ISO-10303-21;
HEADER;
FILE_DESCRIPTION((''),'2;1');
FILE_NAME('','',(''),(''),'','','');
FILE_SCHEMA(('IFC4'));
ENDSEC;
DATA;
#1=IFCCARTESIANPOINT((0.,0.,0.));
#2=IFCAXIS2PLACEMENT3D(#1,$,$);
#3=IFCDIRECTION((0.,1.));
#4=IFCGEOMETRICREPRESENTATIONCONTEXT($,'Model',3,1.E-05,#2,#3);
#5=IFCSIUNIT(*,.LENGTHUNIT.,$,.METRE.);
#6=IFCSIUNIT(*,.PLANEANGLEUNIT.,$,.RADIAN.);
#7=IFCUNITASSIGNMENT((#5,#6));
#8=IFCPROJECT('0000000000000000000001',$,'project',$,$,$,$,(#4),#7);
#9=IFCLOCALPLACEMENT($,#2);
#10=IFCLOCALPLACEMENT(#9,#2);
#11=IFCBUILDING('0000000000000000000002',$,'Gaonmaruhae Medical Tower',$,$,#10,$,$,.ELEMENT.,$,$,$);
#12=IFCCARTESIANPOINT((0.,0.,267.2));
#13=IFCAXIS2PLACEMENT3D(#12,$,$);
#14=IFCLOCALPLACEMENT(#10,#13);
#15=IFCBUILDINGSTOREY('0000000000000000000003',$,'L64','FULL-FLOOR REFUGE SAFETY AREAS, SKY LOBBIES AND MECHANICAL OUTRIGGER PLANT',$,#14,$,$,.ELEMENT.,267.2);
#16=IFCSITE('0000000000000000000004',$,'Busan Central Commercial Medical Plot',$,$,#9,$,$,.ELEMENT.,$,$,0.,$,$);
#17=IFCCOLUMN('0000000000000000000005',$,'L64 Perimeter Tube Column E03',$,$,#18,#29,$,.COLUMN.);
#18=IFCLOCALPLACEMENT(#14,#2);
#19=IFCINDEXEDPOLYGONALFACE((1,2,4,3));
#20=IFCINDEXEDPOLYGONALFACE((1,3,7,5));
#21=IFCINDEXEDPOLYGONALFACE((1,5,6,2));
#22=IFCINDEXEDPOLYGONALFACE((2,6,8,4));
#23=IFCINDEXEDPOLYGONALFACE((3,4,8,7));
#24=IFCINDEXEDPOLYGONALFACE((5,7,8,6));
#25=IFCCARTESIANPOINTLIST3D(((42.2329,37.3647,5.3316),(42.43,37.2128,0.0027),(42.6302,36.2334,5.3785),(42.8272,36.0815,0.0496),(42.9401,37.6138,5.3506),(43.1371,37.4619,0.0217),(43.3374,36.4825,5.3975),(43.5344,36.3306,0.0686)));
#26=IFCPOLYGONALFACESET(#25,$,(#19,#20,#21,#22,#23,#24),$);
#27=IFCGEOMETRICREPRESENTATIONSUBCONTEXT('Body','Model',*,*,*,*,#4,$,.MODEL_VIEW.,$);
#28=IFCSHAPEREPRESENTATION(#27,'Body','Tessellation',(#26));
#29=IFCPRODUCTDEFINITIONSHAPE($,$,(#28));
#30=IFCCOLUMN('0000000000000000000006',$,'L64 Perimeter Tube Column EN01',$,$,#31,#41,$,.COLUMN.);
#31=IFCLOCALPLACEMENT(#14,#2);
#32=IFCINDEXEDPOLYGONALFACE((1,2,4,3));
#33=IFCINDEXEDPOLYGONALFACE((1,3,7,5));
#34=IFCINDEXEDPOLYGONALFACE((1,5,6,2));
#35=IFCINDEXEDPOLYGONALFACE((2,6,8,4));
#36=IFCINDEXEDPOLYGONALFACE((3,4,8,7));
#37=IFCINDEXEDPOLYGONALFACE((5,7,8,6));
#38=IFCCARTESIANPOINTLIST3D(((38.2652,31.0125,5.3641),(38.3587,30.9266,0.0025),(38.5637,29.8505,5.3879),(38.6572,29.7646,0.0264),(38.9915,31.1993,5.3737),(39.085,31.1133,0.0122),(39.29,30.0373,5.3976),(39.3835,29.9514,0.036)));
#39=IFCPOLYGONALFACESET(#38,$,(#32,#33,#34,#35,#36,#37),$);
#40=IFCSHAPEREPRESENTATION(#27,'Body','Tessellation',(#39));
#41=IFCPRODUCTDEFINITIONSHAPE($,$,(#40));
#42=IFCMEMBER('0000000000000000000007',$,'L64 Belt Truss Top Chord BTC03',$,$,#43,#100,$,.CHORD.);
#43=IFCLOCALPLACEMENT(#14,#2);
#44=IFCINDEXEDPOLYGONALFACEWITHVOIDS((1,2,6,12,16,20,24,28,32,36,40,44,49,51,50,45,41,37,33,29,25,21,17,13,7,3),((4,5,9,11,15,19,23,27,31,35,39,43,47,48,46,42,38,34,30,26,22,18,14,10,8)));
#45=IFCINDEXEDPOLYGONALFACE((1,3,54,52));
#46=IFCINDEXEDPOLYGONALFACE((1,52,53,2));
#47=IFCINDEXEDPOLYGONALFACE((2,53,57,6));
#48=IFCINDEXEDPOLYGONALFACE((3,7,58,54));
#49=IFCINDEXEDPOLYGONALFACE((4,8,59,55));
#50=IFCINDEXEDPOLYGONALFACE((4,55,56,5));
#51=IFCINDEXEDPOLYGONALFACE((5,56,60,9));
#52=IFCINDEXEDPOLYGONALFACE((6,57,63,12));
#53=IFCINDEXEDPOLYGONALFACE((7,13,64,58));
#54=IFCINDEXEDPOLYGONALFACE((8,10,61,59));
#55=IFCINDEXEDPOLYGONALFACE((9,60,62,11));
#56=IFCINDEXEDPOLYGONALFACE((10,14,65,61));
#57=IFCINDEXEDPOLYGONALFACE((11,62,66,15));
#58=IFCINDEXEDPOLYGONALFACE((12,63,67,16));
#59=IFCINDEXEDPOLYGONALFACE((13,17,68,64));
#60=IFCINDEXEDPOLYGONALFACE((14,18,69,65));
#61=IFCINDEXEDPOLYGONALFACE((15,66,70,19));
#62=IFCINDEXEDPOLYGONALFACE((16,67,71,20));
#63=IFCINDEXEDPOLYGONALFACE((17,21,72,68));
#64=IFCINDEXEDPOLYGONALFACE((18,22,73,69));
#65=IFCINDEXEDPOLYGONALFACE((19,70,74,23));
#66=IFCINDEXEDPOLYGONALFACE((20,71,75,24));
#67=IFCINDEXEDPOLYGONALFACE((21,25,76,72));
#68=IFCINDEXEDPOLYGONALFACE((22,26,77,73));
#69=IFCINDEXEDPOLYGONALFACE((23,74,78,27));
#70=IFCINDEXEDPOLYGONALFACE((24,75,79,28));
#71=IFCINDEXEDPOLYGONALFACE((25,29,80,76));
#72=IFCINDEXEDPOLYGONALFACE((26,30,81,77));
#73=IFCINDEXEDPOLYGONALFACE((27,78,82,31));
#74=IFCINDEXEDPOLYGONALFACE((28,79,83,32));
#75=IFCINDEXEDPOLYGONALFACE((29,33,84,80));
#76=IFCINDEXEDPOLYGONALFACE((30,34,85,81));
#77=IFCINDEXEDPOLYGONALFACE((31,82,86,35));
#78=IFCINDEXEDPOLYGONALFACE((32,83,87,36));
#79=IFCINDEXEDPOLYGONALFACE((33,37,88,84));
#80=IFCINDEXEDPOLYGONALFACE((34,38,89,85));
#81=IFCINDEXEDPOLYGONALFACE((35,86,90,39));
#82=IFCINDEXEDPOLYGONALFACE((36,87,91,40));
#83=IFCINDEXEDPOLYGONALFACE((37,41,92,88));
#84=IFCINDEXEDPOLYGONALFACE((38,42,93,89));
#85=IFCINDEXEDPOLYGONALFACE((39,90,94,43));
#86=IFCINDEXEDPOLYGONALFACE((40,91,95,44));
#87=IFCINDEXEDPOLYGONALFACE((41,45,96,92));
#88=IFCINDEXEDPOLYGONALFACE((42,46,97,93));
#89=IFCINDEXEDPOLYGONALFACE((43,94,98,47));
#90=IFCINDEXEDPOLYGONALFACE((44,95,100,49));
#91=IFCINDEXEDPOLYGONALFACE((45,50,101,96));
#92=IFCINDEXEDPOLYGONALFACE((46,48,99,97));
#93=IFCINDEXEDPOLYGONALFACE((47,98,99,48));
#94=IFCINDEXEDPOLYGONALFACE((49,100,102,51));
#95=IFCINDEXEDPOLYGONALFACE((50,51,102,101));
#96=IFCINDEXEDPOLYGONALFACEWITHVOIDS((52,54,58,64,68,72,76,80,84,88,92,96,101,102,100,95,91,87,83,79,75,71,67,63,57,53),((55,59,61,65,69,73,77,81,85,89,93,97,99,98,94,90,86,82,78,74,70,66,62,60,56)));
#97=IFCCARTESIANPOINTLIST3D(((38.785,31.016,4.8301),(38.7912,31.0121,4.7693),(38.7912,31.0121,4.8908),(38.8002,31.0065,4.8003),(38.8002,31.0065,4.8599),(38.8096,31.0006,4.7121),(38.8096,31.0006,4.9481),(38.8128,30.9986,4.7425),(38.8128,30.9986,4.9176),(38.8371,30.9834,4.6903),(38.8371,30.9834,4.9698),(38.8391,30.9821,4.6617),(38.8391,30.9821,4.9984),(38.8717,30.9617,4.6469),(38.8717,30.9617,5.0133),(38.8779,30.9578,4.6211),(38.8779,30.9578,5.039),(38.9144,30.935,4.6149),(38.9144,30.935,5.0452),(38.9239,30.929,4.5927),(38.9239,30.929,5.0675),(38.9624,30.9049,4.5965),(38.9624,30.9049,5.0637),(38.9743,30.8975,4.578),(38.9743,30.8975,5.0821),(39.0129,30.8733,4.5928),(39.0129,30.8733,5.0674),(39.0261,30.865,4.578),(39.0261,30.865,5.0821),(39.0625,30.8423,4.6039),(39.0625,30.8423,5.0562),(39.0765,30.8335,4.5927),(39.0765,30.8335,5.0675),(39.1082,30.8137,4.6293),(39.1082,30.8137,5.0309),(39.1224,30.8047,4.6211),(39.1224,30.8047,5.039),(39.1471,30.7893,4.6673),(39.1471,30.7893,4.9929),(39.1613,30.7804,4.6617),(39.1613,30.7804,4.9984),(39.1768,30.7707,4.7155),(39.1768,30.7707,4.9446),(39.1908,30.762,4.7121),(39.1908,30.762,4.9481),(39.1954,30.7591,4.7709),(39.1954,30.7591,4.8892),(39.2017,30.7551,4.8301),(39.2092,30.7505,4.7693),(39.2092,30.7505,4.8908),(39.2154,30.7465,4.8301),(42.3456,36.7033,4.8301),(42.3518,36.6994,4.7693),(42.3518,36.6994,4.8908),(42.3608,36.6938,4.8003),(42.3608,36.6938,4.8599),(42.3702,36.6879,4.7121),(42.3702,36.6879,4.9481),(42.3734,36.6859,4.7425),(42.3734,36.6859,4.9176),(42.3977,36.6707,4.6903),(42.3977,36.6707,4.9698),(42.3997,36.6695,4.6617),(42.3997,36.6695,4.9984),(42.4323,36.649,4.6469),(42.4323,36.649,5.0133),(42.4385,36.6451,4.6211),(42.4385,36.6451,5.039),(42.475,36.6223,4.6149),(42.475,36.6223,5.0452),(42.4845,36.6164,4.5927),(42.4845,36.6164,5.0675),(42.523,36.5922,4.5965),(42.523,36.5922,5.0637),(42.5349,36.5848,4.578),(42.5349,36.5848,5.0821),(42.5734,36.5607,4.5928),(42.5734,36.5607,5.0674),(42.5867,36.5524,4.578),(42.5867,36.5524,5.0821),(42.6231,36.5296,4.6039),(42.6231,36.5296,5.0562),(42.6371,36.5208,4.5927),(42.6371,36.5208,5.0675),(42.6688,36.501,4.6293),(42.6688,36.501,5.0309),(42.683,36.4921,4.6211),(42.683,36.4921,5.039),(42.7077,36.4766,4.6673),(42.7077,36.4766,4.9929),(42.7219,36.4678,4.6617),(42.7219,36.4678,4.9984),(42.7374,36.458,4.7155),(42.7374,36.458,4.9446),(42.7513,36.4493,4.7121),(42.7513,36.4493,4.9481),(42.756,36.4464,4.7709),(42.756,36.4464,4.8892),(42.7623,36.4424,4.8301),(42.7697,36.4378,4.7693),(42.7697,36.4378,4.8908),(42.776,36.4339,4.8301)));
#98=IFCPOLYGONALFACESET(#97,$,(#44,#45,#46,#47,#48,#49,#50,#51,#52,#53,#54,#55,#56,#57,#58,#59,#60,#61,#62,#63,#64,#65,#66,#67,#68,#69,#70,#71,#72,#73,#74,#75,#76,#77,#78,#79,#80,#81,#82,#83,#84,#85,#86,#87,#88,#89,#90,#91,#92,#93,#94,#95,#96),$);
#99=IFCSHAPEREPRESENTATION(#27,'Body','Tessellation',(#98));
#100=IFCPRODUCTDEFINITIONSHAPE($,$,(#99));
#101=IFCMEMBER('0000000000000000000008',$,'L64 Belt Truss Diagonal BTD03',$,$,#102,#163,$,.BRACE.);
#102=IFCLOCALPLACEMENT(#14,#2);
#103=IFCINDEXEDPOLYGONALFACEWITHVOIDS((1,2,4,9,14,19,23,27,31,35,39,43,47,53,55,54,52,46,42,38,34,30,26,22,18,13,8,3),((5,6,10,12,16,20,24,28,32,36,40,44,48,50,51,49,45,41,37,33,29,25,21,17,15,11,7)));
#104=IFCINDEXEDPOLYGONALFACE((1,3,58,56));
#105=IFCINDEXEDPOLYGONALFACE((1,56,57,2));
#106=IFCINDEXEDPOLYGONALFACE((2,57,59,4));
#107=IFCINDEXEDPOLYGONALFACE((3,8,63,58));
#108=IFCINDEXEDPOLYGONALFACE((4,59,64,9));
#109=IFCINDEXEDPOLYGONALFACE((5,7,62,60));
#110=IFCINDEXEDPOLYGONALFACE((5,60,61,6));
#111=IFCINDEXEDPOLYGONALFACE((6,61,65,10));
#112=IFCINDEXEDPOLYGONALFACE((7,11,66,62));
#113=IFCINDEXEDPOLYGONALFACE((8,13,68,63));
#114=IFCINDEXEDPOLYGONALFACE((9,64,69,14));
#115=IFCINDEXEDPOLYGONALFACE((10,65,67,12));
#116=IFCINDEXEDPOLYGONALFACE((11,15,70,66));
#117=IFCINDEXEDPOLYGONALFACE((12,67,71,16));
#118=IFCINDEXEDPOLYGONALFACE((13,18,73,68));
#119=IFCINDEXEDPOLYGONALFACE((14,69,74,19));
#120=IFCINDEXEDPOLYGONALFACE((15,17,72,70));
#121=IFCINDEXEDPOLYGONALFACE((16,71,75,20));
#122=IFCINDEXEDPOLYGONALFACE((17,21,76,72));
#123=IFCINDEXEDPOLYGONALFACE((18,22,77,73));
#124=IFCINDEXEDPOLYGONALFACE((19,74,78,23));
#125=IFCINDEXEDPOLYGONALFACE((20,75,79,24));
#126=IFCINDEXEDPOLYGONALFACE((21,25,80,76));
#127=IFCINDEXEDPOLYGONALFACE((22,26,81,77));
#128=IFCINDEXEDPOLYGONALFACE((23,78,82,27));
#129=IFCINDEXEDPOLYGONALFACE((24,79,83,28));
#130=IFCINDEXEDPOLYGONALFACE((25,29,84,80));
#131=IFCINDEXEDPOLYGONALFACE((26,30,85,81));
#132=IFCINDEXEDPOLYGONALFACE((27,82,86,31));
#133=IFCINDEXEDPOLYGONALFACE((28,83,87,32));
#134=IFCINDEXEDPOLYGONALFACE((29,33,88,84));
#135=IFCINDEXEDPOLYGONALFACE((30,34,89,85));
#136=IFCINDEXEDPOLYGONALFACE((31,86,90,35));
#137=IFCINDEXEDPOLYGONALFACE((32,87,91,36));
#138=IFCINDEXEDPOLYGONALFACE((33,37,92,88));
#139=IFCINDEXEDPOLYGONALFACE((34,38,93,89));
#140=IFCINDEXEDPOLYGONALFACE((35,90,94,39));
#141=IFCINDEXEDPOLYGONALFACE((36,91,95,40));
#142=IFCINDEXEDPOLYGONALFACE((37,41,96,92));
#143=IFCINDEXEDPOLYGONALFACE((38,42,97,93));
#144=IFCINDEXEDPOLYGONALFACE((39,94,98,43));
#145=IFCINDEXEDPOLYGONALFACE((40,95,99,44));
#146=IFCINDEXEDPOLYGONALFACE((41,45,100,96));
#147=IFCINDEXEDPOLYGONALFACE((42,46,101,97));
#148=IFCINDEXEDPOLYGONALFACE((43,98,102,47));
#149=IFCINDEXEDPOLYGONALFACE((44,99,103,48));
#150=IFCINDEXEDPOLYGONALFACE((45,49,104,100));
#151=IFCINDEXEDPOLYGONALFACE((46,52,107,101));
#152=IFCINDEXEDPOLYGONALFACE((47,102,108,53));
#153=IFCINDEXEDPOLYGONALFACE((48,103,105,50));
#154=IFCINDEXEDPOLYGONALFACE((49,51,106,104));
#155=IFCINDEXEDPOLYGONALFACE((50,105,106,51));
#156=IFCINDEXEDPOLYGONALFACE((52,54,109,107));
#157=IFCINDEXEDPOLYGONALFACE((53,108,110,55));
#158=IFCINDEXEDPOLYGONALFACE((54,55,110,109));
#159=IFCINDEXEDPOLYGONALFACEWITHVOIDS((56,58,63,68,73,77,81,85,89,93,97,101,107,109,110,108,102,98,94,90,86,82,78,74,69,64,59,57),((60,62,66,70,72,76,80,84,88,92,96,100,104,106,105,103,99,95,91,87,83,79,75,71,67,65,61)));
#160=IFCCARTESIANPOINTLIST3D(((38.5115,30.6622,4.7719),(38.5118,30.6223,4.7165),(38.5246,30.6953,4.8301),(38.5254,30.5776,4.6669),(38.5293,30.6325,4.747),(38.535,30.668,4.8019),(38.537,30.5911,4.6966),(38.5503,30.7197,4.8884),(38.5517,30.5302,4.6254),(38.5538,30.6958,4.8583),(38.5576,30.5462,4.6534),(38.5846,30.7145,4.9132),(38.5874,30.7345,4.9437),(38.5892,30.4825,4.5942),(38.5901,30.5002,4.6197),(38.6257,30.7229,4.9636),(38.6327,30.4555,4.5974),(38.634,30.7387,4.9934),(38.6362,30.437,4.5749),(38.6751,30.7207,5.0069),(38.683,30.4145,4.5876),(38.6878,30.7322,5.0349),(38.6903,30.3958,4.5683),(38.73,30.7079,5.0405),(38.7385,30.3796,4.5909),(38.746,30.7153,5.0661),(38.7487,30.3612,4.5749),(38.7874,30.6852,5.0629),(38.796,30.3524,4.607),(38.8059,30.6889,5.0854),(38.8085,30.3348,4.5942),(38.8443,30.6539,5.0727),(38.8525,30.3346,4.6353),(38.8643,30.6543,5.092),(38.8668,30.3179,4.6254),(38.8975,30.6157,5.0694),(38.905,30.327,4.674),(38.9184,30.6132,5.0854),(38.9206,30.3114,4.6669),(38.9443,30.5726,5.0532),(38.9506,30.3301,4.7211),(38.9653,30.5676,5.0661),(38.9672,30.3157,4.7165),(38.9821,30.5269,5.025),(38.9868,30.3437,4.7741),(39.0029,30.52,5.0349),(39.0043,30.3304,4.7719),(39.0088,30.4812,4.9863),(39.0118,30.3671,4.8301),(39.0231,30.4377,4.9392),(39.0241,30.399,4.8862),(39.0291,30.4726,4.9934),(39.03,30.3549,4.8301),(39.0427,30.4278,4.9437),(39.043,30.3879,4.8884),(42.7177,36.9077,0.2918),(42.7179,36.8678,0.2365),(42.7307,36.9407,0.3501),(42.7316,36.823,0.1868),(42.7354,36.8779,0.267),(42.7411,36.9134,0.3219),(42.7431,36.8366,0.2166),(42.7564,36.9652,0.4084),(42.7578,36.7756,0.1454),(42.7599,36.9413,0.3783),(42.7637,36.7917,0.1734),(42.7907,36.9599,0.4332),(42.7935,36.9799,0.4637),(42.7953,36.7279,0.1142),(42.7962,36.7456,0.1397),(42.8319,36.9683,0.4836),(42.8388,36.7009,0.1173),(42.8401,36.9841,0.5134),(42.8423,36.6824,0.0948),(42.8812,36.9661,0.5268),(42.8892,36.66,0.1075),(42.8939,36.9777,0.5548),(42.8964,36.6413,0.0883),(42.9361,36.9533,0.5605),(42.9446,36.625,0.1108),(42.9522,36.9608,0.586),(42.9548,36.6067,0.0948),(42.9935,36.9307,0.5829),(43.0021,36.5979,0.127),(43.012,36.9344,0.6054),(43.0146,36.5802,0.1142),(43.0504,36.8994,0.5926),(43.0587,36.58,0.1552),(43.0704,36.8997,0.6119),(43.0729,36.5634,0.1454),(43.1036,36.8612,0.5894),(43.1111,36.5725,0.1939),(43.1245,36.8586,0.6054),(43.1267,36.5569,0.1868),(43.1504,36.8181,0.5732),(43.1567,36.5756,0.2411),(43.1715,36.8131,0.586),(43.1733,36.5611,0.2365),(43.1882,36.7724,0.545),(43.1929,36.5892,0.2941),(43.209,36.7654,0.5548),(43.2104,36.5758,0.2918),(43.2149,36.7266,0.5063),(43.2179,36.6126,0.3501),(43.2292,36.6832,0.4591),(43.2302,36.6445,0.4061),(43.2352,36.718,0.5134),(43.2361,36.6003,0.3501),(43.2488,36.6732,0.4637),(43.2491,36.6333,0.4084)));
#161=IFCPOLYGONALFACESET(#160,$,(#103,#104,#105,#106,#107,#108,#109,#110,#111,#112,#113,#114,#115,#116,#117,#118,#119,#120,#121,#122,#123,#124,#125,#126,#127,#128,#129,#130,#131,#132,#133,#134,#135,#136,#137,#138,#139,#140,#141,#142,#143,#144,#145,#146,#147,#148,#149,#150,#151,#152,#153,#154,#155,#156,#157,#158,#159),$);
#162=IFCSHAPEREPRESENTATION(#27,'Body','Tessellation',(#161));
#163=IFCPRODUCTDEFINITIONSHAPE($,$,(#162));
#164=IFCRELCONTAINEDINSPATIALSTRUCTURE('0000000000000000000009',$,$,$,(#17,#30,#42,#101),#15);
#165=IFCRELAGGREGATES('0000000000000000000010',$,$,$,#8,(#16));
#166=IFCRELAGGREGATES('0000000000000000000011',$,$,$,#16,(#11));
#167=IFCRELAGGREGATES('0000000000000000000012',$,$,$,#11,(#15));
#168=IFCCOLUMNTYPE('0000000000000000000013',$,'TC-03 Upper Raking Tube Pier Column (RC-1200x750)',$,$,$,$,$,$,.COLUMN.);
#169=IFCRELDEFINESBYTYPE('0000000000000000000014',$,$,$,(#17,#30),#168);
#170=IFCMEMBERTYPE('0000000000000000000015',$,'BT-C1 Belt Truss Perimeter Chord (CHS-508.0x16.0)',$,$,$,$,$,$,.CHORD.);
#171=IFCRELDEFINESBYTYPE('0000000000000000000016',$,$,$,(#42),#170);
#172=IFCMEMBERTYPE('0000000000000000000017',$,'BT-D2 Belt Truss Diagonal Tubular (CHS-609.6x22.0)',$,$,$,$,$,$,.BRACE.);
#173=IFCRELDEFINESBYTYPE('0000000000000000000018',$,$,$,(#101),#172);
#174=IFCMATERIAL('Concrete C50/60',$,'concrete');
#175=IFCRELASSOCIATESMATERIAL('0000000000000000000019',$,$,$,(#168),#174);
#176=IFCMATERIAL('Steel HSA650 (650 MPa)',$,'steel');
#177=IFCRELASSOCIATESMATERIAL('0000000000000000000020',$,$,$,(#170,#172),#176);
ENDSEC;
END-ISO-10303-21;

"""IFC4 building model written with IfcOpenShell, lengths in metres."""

from ifc_helpers import new_model, si_unit, direction, frame, origin, origin_2d, place, context, subcontext, project, spatial, rectangle, hollow_circle, extrude, material, material_profile, profile_set, type_object, element, save


model = new_model("IFC4")

# Units and contexts
model_context = context("Model", 3, precision=1e-05, world=origin(), true_north=direction((0.0, 1.0)))
body_context = subcontext(model_context, "Body", "Model", "MODEL_VIEW")
ifc_project = project(units=[si_unit("LENGTHUNIT", "METRE"), si_unit("PLANEANGLEUNIT", "RADIAN")], contexts=[model_context])

# Site, building, storey
site_placement = place(None, origin())
site = spatial("IfcSite", under=ifc_project, at=site_placement, Name="Busan Central Commercial Medical Plot", CompositionType="ELEMENT", RefElevation=0.0)
building_placement = place(site_placement, origin())
building = spatial("IfcBuilding", under=site, at=building_placement, Name="Gaonmaruhae Medical Tower", CompositionType="ELEMENT")
storey_placement = place(building_placement, frame((0.0, 0.0, 267.2)))
storey = spatial("IfcBuildingStorey", under=building, at=storey_placement, Name="L64", Description="FULL-FLOOR REFUGE SAFETY AREAS, SKY LOBBIES AND MECHANICAL OUTRIGGER PLANT", CompositionType="ELEMENT", Elevation=267.2)

# Columns
ifc_material_1 = material(Name="Concrete C50/60", Category="concrete")
ifc_material_profile_1 = material_profile(ifc_material_1, rectangle(XDim=1.2, YDim=0.75, at=origin_2d()), Name="RC-1200x750")
ifc_profile_set_1 = profile_set([ifc_material_profile_1], Name="Concrete C50/60")
column_type = type_object("IfcColumnType", Name="TC-03 Upper Raking Tube Pier Column (RC-1200x750)", PredefinedType="COLUMN", material=ifc_profile_set_1)
column_1_placement = place(storey_placement, frame((42.9822, 36.7717, 0.0356), z_axis=(-0.036932, 0.028466, 0.998912), x_axis=(0.331053, -0.942802, 0.039107)))
element("IfcColumn", 1, at=column_1_placement, inside=storey, type_object=column_type, Name="L64 Perimeter Tube Column E03", PredefinedType="COLUMN", context=body_context, shape_type="SweptSolid", body=[
    extrude(rectangle(XDim=1.2, YDim=0.75, at=origin_2d()), origin(), (0.0, 0.0, 1.0), 5.3347),
])
column_2_placement = place(storey_placement, frame((38.8711, 30.439, 0.0193), z_axis=(-0.017435, 0.016024, 0.99972), x_axis=(0.248772, -0.968358, 0.01986)))
element("IfcColumn", 2, at=column_2_placement, inside=storey, type_object=column_type, Name="L64 Perimeter Tube Column EN01", PredefinedType="COLUMN", context=body_context, shape_type="SweptSolid", body=[
    extrude(rectangle(XDim=1.2, YDim=0.75, at=origin_2d()), origin(), (0.0, 0.0, 1.0), 5.363),
])

# Members
ifc_material_2 = material(Name="Steel HSA650 (650 MPa)", Category="steel")
ifc_material_profile_2 = material_profile(ifc_material_2, hollow_circle(Radius=0.2539, WallThickness=0.0161, at=origin_2d()), Name="CHS-508.0x16.0")
ifc_profile_set_2 = profile_set([ifc_material_profile_2], Name="Steel HSA650 (650 MPa)")
member_type_1 = type_object("IfcMemberType", Name="BT-C1 Belt Truss Perimeter Chord (CHS-508.0x16.0)", PredefinedType="CHORD", material=ifc_profile_set_2)
member_1_placement = place(storey_placement, frame((42.5608, 36.5686, 4.8301), z_axis=(-0.530643, -0.847595, 0.0), x_axis=(0.847595, -0.530643, 0.0)))
element("IfcMember", 3, at=member_1_placement, inside=storey, type_object=member_type_1, Name="L64 Belt Truss Top Chord BTC03", PredefinedType="CHORD", context=body_context, shape_type="SweptSolid", body=[
    extrude(hollow_circle(Radius=0.2539, WallThickness=0.0161, at=origin_2d()), origin(), (0.0, 0.0, 1.0), 6.71),
])
ifc_material_profile_3 = material_profile(ifc_material_2, hollow_circle(Radius=0.3047, WallThickness=0.022, at=origin_2d()), Name="CHS-609.6x22.0")
ifc_profile_set_3 = profile_set([ifc_material_profile_3], Name="Steel HSA650 (650 MPa)")
member_type_2 = type_object("IfcMemberType", Name="BT-D2 Belt Truss Diagonal Tubular (CHS-609.6x22.0)", PredefinedType="BRACE", material=ifc_profile_set_3)
member_2_placement = place(storey_placement, frame((42.9834, 36.7705, 0.3501), z_axis=(-0.480055, -0.71281, 0.51132), x_axis=(0.829437, -0.5586, 0.0)))
element("IfcMember", 4, at=member_2_placement, inside=storey, type_object=member_type_2, Name="L64 Belt Truss Diagonal BTD03", PredefinedType="BRACE", context=body_context, shape_type="SweptSolid", body=[
    extrude(hollow_circle(Radius=0.3047, WallThickness=0.022, at=origin_2d()), origin(), (0.0, 0.0, 1.0), 8.7617),
])

save(model, "model.ifc")
